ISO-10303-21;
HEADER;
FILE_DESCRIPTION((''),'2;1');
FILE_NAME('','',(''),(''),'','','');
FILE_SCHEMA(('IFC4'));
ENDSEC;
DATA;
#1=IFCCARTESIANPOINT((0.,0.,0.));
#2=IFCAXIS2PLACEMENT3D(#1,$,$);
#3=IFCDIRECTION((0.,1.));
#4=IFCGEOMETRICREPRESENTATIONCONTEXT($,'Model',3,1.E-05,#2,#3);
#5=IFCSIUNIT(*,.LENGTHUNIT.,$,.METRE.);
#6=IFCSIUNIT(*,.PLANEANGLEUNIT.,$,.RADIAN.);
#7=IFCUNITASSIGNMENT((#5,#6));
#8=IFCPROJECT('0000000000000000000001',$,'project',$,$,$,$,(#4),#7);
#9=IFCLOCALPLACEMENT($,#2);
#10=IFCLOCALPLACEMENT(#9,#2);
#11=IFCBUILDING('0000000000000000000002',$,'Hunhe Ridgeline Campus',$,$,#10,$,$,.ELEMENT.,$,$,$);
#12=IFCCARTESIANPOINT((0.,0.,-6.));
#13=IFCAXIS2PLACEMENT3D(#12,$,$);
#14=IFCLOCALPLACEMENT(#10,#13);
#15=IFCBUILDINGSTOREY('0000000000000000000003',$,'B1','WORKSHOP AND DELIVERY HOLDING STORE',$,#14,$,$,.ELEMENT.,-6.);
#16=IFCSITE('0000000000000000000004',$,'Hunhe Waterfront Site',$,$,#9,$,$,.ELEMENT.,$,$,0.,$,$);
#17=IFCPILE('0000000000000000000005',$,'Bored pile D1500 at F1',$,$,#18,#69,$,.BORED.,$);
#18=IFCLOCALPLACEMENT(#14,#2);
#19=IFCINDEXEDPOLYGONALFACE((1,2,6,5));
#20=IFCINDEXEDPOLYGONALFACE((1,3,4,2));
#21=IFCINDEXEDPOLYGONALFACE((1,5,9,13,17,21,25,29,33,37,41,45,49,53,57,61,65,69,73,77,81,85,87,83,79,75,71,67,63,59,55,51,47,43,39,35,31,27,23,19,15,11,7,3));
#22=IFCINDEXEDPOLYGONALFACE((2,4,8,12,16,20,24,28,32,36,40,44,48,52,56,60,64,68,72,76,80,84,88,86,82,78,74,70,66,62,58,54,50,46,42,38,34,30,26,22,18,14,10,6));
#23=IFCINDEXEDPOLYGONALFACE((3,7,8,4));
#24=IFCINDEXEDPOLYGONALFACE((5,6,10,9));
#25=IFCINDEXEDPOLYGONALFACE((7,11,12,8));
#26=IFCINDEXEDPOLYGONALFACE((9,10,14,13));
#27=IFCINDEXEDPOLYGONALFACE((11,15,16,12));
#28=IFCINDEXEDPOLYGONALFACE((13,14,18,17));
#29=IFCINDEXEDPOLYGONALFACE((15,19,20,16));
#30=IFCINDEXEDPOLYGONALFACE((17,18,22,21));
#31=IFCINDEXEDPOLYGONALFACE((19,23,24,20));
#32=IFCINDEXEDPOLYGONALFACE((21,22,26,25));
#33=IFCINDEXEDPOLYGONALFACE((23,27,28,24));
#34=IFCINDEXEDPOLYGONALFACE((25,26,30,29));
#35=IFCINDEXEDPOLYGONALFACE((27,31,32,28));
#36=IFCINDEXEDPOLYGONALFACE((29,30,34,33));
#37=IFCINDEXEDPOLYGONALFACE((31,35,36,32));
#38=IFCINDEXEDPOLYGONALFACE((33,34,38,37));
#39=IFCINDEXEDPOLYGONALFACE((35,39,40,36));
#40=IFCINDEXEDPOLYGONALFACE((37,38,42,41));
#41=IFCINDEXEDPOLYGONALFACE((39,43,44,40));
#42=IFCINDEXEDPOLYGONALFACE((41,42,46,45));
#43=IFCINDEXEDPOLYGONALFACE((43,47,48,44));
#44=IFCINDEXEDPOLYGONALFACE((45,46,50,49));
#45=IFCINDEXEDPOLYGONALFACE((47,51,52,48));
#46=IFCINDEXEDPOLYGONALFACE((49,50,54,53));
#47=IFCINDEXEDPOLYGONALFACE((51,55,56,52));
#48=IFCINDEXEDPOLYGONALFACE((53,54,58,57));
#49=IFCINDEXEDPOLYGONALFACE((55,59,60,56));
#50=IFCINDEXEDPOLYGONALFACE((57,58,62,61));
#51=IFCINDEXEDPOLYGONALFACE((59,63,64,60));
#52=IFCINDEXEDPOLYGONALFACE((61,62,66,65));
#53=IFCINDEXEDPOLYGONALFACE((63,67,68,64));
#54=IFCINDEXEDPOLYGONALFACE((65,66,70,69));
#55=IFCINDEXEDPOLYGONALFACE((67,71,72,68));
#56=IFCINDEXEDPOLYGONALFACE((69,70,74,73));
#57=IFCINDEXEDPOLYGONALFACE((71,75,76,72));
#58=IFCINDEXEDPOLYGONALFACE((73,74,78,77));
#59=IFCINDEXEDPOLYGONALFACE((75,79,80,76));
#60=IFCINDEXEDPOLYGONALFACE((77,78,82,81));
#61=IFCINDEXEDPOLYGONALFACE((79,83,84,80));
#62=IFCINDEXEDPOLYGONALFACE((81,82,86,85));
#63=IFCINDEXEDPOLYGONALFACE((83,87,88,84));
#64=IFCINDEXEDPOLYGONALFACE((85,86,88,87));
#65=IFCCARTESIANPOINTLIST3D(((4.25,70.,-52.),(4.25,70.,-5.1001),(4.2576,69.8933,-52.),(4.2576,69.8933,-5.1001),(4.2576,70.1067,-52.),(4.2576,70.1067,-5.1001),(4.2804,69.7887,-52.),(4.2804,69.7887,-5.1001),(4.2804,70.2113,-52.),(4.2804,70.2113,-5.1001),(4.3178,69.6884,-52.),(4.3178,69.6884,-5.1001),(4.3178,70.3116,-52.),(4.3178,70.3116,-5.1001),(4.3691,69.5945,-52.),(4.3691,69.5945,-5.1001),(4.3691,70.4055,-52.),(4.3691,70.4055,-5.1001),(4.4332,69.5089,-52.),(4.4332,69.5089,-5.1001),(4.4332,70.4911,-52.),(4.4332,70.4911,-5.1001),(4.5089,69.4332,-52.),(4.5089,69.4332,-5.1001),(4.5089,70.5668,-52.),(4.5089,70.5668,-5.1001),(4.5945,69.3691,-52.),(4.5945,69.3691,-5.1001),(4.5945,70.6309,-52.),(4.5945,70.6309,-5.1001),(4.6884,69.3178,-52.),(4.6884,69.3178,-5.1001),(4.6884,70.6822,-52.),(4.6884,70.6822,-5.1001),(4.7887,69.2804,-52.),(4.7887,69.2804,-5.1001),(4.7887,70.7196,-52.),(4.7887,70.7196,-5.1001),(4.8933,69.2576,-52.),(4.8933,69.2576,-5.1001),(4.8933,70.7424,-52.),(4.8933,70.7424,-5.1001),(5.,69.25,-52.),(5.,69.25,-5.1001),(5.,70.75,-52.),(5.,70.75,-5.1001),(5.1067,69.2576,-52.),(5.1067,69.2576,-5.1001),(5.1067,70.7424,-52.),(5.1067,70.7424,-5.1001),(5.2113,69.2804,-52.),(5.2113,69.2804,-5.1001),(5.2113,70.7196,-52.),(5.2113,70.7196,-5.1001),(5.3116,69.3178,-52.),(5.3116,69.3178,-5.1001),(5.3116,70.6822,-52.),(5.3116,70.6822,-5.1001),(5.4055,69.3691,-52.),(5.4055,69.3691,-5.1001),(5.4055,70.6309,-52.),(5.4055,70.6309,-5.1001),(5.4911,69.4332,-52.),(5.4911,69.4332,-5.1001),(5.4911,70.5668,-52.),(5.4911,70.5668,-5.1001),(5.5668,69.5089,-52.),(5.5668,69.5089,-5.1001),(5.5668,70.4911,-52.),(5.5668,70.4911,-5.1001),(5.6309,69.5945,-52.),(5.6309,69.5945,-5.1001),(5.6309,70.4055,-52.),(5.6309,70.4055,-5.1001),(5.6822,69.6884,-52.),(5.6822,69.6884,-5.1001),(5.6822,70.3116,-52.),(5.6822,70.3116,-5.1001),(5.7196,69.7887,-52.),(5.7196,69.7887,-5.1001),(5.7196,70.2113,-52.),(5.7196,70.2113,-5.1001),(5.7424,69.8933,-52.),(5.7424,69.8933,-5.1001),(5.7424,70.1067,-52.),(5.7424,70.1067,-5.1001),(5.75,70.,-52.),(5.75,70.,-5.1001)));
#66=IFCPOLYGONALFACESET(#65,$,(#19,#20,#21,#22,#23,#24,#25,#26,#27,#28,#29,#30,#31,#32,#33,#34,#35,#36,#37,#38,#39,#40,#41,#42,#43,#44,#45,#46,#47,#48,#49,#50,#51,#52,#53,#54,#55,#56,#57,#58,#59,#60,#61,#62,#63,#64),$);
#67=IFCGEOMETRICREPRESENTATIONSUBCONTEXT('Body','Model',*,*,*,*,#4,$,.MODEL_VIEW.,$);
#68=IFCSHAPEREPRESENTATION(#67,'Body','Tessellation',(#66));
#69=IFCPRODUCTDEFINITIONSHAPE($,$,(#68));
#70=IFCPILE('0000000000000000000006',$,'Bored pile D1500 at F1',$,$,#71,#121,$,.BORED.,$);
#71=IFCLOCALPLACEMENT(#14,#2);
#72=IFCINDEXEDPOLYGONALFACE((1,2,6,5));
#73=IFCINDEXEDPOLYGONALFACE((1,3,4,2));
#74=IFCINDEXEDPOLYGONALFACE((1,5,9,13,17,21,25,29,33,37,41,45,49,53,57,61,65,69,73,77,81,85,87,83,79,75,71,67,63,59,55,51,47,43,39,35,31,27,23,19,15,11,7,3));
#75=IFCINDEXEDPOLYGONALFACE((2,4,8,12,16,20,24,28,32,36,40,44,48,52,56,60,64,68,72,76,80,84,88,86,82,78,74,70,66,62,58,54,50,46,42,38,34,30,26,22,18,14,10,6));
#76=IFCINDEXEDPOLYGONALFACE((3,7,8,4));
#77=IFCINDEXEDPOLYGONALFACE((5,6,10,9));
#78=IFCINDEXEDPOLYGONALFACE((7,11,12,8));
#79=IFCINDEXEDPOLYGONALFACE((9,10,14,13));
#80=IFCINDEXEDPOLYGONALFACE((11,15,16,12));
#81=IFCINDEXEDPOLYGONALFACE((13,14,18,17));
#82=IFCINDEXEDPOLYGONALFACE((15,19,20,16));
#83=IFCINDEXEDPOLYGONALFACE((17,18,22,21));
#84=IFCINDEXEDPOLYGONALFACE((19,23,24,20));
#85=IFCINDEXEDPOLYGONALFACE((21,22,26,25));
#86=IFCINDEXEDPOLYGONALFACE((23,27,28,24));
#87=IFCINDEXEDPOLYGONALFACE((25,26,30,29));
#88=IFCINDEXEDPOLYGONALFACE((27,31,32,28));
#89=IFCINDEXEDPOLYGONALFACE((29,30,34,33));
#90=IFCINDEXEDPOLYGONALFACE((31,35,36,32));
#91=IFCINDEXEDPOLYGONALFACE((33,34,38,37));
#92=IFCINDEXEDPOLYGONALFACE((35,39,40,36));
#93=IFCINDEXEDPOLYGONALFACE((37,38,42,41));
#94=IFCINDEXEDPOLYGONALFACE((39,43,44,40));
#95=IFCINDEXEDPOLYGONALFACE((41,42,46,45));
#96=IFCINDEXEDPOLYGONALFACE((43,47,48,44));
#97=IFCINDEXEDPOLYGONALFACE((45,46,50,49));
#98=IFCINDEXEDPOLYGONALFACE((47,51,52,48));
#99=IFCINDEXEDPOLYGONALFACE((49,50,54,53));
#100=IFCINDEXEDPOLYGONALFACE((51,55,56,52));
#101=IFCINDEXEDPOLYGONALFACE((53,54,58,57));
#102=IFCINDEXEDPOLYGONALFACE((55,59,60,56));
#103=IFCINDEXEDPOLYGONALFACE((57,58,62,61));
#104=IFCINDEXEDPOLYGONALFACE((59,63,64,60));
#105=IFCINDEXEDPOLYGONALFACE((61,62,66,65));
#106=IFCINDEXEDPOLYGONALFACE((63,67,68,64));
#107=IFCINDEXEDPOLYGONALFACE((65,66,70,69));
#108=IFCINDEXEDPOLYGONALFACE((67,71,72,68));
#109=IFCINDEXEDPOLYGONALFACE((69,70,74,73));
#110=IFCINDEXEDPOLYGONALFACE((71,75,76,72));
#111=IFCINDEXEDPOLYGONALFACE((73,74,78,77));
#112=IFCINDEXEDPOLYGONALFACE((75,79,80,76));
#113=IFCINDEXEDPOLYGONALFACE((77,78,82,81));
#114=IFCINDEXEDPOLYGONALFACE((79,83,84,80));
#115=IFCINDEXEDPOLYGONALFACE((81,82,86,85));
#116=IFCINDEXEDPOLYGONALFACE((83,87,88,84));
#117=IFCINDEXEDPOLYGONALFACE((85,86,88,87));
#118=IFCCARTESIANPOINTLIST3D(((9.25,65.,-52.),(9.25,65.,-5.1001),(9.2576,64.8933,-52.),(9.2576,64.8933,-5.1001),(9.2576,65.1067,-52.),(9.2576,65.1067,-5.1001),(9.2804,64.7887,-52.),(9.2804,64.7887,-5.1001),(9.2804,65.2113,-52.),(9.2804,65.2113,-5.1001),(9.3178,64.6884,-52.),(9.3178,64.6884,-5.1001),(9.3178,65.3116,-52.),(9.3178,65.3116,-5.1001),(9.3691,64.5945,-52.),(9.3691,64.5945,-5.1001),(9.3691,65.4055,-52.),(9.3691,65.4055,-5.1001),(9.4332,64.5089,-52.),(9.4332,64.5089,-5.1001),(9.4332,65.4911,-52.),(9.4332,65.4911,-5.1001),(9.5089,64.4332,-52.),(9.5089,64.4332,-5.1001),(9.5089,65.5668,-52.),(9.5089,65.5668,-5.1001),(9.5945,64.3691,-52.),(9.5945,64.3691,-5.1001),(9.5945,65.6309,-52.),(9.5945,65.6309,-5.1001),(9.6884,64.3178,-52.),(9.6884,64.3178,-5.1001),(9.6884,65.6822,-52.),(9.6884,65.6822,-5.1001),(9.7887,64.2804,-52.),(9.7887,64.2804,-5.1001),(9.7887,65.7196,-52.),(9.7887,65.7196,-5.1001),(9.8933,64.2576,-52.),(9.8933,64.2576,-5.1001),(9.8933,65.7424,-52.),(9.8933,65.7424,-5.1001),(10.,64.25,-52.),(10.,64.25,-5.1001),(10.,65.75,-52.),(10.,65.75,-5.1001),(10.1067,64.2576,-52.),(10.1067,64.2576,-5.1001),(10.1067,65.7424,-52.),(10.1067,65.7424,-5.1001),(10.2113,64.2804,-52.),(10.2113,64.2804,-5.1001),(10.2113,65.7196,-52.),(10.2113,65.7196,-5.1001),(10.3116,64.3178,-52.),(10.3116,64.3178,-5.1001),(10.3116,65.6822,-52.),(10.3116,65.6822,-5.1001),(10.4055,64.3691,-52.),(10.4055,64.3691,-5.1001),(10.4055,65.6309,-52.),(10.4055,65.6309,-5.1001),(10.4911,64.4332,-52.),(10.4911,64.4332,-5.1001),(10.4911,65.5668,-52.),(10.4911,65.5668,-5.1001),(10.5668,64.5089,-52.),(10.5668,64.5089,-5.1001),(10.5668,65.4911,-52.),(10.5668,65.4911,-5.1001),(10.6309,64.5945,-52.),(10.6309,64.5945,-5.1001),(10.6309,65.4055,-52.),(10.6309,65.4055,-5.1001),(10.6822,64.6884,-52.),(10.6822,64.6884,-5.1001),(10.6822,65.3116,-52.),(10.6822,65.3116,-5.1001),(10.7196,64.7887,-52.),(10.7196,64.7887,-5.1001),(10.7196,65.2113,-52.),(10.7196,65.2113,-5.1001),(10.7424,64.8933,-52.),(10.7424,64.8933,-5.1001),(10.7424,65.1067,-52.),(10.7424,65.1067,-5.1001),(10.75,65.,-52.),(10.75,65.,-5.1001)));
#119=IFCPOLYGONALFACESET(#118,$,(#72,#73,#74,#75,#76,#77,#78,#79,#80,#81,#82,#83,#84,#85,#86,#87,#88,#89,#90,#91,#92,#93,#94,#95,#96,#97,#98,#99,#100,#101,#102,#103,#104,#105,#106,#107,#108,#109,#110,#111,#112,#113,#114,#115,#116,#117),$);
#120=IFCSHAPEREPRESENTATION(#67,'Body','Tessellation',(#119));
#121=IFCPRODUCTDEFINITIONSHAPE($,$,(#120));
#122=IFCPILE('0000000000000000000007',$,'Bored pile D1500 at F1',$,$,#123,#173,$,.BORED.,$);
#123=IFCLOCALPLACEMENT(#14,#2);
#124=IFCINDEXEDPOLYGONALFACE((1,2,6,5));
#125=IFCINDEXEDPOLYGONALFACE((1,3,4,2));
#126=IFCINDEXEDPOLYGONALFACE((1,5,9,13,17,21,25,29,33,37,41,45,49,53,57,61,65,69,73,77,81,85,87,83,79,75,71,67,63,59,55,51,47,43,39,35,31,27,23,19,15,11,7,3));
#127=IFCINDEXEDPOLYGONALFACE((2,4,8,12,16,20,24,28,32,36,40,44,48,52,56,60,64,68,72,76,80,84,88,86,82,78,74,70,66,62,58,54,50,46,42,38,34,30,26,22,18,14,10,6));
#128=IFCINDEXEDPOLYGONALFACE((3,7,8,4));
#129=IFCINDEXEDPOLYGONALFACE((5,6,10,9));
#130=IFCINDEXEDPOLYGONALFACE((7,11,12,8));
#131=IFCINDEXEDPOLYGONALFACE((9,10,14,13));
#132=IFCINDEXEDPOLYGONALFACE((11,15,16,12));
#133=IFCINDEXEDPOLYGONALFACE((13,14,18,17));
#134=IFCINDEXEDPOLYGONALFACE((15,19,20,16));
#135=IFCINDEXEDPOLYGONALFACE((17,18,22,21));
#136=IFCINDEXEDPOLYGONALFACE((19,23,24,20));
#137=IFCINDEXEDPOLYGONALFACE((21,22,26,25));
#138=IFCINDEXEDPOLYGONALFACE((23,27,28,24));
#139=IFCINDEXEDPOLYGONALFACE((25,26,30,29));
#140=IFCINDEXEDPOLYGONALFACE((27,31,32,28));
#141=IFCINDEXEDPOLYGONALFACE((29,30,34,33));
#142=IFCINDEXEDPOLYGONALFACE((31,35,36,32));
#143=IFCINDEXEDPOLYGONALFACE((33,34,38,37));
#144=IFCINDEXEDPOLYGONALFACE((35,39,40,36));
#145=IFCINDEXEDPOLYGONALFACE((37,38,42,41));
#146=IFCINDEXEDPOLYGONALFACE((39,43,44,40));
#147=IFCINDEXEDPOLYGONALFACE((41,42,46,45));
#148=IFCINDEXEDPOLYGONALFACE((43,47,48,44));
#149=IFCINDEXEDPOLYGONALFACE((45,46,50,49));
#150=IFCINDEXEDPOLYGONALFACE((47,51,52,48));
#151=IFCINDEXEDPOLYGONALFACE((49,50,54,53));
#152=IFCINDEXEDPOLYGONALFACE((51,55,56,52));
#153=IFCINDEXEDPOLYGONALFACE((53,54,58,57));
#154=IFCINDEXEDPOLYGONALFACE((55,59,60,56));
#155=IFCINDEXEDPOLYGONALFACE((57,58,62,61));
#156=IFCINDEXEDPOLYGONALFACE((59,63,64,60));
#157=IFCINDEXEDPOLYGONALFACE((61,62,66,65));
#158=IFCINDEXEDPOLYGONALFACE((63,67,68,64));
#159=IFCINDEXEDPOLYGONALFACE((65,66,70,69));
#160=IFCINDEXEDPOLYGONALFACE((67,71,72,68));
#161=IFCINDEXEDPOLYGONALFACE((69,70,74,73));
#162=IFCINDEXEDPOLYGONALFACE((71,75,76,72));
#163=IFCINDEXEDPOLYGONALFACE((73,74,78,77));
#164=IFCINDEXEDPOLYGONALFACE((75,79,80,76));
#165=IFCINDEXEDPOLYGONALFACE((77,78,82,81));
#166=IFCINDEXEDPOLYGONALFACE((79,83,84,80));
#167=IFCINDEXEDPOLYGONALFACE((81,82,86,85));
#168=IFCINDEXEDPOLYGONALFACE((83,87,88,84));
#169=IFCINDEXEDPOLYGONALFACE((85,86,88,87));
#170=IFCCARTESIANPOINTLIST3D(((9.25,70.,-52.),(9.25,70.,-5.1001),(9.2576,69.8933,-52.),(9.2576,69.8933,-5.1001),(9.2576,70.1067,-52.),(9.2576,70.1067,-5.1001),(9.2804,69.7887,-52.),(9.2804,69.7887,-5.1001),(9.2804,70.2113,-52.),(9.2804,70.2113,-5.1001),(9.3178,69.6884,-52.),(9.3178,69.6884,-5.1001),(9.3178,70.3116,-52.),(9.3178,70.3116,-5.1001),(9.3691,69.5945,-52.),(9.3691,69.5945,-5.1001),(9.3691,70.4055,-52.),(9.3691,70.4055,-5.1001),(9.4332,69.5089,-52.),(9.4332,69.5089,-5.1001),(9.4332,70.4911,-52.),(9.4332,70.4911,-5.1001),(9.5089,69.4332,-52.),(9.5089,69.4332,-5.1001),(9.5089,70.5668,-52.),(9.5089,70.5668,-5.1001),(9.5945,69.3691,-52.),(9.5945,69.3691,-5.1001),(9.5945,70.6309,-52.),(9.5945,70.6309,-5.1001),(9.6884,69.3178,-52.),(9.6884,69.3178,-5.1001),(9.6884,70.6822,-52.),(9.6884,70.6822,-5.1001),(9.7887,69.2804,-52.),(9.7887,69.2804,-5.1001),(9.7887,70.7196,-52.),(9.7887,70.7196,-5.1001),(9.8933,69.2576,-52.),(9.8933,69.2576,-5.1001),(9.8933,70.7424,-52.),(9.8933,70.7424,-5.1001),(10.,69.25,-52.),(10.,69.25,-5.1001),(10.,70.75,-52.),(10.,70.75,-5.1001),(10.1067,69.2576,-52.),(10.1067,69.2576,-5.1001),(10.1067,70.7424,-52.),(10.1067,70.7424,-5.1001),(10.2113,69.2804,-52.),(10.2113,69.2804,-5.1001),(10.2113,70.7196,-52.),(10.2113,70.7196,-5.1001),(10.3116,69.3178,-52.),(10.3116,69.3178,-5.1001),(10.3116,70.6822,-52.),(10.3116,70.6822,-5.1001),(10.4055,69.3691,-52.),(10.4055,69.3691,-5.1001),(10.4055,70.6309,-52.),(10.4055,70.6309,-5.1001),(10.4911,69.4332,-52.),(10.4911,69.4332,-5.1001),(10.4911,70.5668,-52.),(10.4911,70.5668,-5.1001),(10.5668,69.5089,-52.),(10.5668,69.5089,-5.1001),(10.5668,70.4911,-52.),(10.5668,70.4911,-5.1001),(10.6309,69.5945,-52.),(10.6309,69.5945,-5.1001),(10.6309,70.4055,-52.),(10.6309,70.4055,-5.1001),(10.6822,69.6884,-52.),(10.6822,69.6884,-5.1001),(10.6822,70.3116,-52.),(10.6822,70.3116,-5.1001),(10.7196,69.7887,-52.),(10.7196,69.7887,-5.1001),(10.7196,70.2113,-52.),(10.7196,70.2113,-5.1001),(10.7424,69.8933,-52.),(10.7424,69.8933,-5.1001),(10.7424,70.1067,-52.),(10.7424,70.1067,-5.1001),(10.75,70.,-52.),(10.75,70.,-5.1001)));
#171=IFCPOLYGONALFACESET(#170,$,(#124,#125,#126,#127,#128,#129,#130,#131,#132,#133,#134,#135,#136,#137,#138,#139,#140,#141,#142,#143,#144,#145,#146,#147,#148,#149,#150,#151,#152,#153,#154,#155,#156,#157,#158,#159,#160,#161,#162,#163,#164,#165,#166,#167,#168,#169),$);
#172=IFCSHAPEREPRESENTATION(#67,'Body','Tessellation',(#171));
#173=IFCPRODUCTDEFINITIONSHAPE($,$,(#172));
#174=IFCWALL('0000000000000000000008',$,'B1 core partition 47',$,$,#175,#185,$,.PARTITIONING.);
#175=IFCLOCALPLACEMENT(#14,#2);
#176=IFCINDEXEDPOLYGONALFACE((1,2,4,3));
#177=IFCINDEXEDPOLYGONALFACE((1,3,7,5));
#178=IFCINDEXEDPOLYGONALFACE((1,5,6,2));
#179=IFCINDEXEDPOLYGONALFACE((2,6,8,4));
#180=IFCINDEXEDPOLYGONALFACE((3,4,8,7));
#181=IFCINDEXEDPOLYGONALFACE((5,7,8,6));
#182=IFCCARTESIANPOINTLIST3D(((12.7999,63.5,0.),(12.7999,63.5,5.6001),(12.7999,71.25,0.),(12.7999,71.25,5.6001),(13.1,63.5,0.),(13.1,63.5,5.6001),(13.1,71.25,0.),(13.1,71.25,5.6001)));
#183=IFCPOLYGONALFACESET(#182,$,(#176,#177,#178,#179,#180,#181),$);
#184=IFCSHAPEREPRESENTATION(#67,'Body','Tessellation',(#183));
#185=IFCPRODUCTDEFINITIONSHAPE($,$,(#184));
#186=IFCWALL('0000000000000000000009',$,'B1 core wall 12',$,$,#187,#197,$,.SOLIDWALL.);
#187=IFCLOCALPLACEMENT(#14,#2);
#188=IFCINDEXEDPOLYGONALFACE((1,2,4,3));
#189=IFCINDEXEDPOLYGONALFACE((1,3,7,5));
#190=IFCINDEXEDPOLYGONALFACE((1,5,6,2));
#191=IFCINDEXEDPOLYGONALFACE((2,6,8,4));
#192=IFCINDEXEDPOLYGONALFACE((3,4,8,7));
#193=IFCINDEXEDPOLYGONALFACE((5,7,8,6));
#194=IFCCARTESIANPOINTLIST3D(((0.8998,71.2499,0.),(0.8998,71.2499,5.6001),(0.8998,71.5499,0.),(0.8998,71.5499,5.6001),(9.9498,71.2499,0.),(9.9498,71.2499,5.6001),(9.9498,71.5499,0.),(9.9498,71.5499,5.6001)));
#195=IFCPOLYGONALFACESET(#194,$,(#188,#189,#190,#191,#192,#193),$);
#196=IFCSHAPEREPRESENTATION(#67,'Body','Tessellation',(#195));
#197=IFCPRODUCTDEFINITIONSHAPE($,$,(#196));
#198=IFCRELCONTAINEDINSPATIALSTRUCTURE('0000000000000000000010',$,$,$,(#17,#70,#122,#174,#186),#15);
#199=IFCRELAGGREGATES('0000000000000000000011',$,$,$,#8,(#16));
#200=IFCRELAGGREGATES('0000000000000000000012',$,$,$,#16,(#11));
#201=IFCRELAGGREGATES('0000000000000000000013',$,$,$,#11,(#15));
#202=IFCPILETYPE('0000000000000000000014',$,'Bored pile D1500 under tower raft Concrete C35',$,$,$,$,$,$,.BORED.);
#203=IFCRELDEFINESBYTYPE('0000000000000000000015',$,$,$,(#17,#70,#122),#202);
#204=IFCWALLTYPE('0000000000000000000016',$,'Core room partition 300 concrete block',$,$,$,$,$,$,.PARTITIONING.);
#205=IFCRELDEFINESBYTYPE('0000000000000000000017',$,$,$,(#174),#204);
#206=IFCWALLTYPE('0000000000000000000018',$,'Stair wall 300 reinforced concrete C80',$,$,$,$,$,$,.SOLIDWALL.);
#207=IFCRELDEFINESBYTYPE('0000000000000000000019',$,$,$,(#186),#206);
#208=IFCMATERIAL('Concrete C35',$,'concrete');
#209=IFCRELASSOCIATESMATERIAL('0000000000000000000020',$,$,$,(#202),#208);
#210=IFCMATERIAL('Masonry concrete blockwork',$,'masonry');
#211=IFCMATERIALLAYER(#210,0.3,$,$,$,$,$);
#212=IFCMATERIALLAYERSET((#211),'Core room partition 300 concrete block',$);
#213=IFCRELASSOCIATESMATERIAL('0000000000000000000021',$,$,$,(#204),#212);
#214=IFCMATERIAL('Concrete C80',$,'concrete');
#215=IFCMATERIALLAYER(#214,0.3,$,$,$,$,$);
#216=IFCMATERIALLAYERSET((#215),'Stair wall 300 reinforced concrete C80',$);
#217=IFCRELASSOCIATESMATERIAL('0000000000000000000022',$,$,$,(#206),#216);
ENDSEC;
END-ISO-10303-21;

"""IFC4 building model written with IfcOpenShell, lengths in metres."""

from ifc_helpers import new_model, si_unit, direction, frame, frame_2d, origin, origin_2d, place, context, subcontext, project, spatial, rectangle, circle, extrude, material, layer, layer_set, material_profile, profile_set, type_object, element, save


model = new_model("IFC4")

# Units and contexts
model_context = context("Model", 3, precision=1e-05, world=origin(), true_north=direction((0.0, 1.0)))
body_context = subcontext(model_context, "Body", "Model", "MODEL_VIEW")
ifc_project = project(units=[si_unit("LENGTHUNIT", "METRE"), si_unit("PLANEANGLEUNIT", "RADIAN")], contexts=[model_context])

# Site, building, storey
site_placement = place(None, origin())
site = spatial("IfcSite", under=ifc_project, at=site_placement, Name="Hunhe Waterfront Site", CompositionType="ELEMENT", RefElevation=0.0)
building_placement = place(site_placement, origin())
building = spatial("IfcBuilding", under=site, at=building_placement, Name="Hunhe Ridgeline Campus", CompositionType="ELEMENT")
storey_placement = place(building_placement, frame((0.0, 0.0, -6.0)))
storey = spatial("IfcBuildingStorey", under=building, at=storey_placement, Name="B1", Description="WORKSHOP AND DELIVERY HOLDING STORE", CompositionType="ELEMENT", Elevation=-6.0)

# Piles
ifc_material_1 = material(Name="Concrete C35", Category="concrete")
ifc_material_profile = material_profile(ifc_material_1, circle(Radius=0.75, at=origin_2d()))
ifc_profile_set = profile_set([ifc_material_profile], Name="Concrete C35")
pile_type = type_object("IfcPileType", Name="Bored pile D1500 under tower raft Concrete C35", PredefinedType="BORED", material=ifc_profile_set)
for number, where, z_axis, x_axis, name in (
    (1, (5.0, 70.0, -5.1001), (0.0, 0.0, -1.0), (1.0, 0.0, 0.0), "Bored pile D1500 at F1"),
    (2, (10.0, 65.0, -5.1001), (0.0, 0.0, -1.0), (1.0, 0.0, 0.0), "Bored pile D1500 at F1"),
    (3, (10.0, 70.0, -5.1001), (0.0, 0.0, -1.0), (1.0, 0.0, 0.0), "Bored pile D1500 at F1"),
):
    element("IfcPile", number, at=place(storey_placement, frame(where, z_axis=z_axis, x_axis=x_axis)), inside=storey, type_object=pile_type, Name=name, PredefinedType="BORED", context=body_context, shape_type="SweptSolid", body=[
        extrude(circle(Radius=0.75, at=origin_2d()), origin(), (0.0, 0.0, 1.0), 46.8999),
    ])

# Shared definitions
ifc_material_2 = material(Name="Masonry concrete blockwork", Category="masonry")
ifc_layer_1 = layer(ifc_material_2, 0.3)
ifc_layer_set_1 = layer_set([ifc_layer_1], Name="Core room partition 300 concrete block")
wall_type_1 = type_object("IfcWallType", Name="Core room partition 300 concrete block", PredefinedType="PARTITIONING", material=ifc_layer_set_1)

# Walls
wall_1_placement = place(storey_placement, frame((12.95, 63.5, 0.0), z_axis=(0.0, 0.0, 1.0), x_axis=(0.0, 1.0, 0.0)))
element("IfcWall", 4, at=wall_1_placement, inside=storey, type_object=wall_type_1, Name="B1 core partition 47", PredefinedType="PARTITIONING", context=body_context, shape_type="SweptSolid", body=[
    extrude(rectangle(XDim=7.75, YDim=0.3, at=frame_2d((3.875, 0.0))), origin(), (0.0, 0.0, 1.0), 5.6001),
])
ifc_material_3 = material(Name="Concrete C80", Category="concrete")
ifc_layer_2 = layer(ifc_material_3, 0.3)
ifc_layer_set_2 = layer_set([ifc_layer_2], Name="Stair wall 300 reinforced concrete C80")
wall_type_2 = type_object("IfcWallType", Name="Stair wall 300 reinforced concrete C80", PredefinedType="SOLIDWALL", material=ifc_layer_set_2)
wall_2_placement = place(storey_placement, frame((0.8999, 71.3999, 0.0), z_axis=(0.0, 0.0, 1.0), x_axis=(1.0, 0.0, 0.0)))
element("IfcWall", 5, at=wall_2_placement, inside=storey, type_object=wall_type_2, Name="B1 core wall 12", PredefinedType="SOLIDWALL", context=body_context, shape_type="SweptSolid", body=[
    extrude(rectangle(XDim=9.05, YDim=0.3, at=frame_2d((4.5249, 0.0))), origin(), (0.0, 0.0, 1.0), 5.6001),
])

save(model, "model.ifc")
